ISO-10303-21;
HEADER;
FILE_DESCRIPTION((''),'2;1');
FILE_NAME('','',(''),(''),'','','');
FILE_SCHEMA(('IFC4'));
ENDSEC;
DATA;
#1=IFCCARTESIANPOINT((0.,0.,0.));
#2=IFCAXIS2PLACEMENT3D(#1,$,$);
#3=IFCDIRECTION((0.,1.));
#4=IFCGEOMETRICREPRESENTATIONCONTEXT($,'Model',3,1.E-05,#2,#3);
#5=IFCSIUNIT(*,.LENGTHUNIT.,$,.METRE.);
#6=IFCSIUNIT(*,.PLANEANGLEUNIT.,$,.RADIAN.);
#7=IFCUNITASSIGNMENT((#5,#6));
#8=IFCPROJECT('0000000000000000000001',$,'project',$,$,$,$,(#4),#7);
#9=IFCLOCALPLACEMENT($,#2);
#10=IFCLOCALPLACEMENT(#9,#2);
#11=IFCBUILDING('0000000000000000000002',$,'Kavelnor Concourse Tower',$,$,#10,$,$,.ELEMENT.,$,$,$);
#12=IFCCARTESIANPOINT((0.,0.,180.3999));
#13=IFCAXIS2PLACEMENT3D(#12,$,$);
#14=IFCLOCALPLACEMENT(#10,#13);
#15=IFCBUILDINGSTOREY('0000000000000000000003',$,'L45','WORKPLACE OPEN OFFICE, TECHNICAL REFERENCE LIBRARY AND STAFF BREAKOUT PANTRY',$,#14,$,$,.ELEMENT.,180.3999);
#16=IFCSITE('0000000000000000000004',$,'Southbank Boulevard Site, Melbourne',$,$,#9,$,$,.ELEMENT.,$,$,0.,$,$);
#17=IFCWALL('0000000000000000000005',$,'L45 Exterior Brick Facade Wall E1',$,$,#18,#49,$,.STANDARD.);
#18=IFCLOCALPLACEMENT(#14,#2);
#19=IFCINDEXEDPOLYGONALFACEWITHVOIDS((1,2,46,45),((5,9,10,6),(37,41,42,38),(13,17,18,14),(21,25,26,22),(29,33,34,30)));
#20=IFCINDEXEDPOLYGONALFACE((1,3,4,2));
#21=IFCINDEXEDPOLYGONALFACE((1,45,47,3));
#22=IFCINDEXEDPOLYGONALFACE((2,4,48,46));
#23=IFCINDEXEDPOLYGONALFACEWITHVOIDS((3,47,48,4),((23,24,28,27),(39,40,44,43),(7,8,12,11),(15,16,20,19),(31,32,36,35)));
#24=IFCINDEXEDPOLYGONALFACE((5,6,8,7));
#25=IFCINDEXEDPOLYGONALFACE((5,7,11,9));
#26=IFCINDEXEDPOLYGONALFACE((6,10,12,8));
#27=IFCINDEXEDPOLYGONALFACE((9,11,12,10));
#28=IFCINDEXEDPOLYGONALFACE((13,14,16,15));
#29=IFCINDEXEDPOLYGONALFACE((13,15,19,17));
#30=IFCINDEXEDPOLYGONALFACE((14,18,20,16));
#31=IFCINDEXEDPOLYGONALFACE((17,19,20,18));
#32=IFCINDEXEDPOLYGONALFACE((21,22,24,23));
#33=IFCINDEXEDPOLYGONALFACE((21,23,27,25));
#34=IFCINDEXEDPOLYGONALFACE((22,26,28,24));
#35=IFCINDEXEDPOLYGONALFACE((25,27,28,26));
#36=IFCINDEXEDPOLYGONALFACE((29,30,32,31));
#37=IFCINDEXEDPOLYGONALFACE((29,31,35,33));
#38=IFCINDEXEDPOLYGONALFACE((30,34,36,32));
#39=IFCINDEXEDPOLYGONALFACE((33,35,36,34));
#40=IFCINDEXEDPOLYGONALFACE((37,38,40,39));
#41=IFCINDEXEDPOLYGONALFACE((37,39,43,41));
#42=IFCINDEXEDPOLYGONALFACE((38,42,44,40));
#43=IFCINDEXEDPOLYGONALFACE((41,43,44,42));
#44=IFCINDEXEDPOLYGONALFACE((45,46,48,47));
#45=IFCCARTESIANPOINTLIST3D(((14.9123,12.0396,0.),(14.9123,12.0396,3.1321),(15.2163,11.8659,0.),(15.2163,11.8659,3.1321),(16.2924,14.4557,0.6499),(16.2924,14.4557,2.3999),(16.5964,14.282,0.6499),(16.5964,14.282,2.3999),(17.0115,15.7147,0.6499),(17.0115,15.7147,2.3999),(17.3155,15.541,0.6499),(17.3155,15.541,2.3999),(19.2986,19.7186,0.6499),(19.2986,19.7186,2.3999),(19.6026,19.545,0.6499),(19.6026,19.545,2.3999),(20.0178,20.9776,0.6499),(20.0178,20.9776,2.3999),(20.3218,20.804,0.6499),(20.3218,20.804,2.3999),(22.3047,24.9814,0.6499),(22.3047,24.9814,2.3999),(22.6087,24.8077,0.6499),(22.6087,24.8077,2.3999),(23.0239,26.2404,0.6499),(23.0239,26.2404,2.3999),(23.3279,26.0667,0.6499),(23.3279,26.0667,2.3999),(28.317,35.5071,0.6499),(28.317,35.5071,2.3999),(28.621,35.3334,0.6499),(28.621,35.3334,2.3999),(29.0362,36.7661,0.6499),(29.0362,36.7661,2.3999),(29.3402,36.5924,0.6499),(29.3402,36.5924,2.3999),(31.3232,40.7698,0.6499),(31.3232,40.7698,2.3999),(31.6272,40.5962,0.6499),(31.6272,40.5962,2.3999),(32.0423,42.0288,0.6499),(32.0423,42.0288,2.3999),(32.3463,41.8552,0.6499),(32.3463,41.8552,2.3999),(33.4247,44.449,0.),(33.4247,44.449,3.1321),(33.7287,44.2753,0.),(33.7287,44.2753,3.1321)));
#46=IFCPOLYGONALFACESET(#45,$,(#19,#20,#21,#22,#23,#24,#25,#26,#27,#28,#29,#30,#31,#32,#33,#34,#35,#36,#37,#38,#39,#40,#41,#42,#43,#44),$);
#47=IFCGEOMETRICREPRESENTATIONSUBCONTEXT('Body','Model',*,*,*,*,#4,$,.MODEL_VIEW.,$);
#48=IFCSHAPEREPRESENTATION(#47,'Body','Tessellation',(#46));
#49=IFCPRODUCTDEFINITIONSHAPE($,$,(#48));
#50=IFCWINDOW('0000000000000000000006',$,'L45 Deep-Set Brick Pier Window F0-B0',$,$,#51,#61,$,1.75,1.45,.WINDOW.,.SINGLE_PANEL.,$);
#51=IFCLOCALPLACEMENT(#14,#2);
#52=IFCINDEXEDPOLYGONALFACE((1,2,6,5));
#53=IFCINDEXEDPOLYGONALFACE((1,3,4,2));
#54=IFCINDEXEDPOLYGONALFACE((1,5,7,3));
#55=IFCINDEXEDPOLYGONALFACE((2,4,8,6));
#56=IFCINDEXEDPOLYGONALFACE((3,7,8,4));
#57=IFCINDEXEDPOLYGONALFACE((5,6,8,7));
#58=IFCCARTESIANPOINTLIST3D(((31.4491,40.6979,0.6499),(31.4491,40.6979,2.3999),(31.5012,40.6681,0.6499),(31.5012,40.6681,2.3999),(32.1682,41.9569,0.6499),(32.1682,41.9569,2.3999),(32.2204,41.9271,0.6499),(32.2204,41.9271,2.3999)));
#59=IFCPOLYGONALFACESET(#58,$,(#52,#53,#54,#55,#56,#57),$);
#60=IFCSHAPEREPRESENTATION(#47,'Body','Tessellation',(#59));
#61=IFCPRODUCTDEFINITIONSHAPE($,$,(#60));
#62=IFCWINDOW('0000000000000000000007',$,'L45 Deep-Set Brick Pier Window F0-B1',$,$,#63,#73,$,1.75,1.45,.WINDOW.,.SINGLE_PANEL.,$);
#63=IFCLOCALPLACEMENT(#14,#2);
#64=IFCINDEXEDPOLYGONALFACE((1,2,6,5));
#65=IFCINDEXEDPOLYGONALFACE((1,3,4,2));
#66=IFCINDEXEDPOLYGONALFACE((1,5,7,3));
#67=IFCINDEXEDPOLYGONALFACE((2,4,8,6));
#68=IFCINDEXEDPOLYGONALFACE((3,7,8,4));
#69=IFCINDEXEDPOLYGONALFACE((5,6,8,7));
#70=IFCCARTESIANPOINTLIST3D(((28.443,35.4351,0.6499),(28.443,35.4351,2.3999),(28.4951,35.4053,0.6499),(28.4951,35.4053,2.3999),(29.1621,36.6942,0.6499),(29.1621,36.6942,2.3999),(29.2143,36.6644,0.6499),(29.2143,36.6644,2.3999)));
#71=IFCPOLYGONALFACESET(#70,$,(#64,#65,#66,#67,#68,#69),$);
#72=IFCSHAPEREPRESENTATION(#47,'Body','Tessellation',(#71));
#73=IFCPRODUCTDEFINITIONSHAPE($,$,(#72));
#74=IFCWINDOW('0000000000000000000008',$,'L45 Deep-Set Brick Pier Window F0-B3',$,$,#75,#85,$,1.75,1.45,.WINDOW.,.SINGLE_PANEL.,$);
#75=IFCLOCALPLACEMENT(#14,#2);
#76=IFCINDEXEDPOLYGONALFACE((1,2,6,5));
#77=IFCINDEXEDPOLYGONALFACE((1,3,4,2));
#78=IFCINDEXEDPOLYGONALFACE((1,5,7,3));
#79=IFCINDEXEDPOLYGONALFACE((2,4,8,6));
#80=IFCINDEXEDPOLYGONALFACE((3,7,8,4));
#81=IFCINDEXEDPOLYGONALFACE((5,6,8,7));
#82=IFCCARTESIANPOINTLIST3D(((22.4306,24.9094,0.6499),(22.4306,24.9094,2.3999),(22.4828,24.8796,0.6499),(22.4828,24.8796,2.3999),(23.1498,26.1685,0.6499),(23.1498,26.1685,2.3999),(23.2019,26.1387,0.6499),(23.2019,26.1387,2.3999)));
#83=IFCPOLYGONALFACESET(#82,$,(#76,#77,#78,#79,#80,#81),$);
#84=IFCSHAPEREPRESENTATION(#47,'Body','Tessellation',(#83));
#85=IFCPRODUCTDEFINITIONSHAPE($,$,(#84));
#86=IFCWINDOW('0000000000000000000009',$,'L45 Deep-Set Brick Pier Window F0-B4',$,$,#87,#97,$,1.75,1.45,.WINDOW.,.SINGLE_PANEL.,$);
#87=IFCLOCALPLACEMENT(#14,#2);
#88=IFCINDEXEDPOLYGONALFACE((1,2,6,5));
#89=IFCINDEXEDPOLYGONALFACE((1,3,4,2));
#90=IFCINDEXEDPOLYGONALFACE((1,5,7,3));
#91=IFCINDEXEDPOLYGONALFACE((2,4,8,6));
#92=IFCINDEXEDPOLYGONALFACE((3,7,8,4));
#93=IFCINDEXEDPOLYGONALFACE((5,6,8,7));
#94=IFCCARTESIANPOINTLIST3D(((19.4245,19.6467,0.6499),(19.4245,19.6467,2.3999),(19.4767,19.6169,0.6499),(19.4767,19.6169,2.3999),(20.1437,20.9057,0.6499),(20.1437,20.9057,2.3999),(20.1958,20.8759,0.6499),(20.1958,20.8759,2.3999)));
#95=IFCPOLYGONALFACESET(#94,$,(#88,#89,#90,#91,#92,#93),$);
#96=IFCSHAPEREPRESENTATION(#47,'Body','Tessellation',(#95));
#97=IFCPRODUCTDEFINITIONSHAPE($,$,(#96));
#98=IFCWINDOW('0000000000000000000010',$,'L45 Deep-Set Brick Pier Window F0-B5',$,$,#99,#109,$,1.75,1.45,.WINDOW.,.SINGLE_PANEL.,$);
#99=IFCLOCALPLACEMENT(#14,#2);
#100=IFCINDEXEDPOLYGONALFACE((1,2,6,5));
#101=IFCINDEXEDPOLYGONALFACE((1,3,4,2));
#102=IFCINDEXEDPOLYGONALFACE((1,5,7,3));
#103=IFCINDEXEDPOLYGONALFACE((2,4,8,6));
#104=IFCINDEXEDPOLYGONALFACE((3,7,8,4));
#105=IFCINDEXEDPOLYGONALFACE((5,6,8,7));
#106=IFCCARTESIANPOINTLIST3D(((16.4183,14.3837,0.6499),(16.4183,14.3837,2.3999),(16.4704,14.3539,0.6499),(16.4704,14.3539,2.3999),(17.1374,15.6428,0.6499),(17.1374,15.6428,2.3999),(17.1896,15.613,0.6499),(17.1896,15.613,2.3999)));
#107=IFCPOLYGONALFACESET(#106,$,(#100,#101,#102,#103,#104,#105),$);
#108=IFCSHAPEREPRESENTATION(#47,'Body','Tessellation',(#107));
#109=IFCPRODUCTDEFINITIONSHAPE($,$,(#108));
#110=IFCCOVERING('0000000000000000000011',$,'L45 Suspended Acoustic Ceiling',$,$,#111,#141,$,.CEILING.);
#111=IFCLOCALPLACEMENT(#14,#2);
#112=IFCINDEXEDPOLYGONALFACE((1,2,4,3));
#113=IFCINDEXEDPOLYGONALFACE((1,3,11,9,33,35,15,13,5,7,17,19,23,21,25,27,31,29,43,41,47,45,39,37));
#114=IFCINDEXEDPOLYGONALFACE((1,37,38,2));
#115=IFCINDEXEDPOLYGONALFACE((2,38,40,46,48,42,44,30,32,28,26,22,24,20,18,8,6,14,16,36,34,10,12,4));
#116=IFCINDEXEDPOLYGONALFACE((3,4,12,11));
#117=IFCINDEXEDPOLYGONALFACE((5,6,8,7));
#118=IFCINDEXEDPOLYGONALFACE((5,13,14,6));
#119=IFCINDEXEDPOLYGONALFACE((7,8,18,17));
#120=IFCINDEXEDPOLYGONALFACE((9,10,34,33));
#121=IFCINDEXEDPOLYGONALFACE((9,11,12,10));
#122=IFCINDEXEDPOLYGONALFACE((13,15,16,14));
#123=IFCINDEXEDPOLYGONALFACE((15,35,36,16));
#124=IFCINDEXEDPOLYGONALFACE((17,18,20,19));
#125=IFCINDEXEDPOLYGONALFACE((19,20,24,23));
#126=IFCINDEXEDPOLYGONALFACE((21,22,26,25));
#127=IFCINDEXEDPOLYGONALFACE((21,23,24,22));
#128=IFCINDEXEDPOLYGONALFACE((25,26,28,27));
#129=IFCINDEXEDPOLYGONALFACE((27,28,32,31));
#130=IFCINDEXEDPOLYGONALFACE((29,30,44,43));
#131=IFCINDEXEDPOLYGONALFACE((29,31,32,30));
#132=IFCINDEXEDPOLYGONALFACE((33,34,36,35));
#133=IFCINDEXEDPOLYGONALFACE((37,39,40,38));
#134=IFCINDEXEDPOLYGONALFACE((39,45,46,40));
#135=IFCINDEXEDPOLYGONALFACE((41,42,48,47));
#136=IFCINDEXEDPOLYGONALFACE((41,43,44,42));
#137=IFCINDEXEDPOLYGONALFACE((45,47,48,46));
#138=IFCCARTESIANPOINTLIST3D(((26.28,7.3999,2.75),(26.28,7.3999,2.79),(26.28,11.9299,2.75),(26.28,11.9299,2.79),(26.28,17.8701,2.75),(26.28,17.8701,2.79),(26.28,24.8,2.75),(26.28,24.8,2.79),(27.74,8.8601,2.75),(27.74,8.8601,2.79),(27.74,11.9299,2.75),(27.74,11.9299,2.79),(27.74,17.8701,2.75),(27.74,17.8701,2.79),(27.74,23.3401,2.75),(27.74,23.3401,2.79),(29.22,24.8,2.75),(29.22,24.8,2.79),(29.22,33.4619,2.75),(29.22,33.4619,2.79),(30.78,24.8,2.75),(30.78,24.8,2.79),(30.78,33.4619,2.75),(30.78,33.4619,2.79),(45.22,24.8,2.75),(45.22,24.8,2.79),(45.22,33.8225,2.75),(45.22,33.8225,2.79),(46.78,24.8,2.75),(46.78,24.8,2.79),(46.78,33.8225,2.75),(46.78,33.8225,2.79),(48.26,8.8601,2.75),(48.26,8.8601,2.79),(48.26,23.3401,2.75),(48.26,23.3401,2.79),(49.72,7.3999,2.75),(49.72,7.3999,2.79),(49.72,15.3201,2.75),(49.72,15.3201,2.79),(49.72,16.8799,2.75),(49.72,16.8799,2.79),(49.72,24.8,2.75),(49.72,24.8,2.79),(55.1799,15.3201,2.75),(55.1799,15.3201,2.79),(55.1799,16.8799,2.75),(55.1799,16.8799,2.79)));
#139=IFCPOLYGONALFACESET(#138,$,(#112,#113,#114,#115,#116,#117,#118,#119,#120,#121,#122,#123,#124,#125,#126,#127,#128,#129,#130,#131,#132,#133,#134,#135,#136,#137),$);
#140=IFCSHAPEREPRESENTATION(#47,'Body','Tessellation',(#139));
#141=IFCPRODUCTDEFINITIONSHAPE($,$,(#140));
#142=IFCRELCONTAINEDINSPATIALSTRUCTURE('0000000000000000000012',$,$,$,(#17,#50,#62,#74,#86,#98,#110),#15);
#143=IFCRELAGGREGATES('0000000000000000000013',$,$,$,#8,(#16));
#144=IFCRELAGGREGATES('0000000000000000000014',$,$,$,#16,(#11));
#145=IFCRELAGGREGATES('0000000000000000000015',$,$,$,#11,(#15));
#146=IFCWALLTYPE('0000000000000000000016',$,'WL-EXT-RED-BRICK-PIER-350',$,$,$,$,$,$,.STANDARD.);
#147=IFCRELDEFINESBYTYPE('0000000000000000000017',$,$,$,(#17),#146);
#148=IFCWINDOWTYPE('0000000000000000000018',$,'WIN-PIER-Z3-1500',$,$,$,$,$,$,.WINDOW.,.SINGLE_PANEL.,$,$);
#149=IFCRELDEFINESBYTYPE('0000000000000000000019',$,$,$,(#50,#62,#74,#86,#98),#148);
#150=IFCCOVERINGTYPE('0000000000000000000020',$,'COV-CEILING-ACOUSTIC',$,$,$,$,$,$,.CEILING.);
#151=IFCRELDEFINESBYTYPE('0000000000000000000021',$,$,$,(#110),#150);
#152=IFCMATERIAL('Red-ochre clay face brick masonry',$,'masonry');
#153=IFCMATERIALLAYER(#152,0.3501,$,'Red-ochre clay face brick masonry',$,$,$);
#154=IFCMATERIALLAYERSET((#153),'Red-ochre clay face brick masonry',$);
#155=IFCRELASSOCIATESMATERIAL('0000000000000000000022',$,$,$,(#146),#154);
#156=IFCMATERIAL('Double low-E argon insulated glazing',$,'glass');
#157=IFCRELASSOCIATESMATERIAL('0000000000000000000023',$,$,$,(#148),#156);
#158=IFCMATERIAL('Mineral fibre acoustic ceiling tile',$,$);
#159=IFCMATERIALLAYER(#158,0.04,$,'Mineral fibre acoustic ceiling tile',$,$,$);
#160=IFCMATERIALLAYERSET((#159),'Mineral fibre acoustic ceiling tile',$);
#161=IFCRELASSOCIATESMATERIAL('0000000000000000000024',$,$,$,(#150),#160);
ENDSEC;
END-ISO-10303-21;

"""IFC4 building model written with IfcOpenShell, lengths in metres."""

from ifc_helpers import new_model, si_unit, direction, frame, frame_2d, origin, place, context, subcontext, project, spatial, polyline, rectangle, outline, extrude, material, layer, layer_set, type_object, element, fill, save


model = new_model("IFC4")

# Units and contexts
model_context = context("Model", 3, precision=1e-05, world=origin(), true_north=direction((0.0, 1.0)))
body_context = subcontext(model_context, "Body", "Model", "MODEL_VIEW")
ifc_project = project(units=[si_unit("LENGTHUNIT", "METRE"), si_unit("PLANEANGLEUNIT", "RADIAN")], contexts=[model_context])

# Site, building, storey
site_placement = place(None, origin())
site = spatial("IfcSite", under=ifc_project, at=site_placement, Name="Southbank Boulevard Site, Melbourne", CompositionType="ELEMENT", RefElevation=0.0)
building_placement = place(site_placement, origin())
building = spatial("IfcBuilding", under=site, at=building_placement, Name="Kavelnor Concourse Tower", CompositionType="ELEMENT")
storey_placement = place(building_placement, frame((0.0, 0.0, 180.3999)))
storey = spatial("IfcBuildingStorey", under=building, at=storey_placement, Name="L45", Description="WORKPLACE OPEN OFFICE, TECHNICAL REFERENCE LIBRARY AND STAFF BREAKOUT PANTRY", CompositionType="ELEMENT", Elevation=180.3999)

# Shared definitions
ifc_material_1 = material(Name="Double low-E argon insulated glazing", Category="glass")

# Wall, openings, windows
ifc_material_2 = material(Name="Red-ochre clay face brick masonry", Category="masonry")
ifc_layer_1 = layer(ifc_material_2, 0.3501, Name="Red-ochre clay face brick masonry")
ifc_layer_set_1 = layer_set([ifc_layer_1], Name="Red-ochre clay face brick masonry")
wall_type_1 = type_object("IfcWallType", Name="WL-EXT-RED-BRICK-PIER-350", PredefinedType="STANDARD", material=ifc_layer_set_1)
wall_1_placement = place(storey_placement, frame((15.0642, 11.9526, 0.0), z_axis=(0.0, 0.0, 1.0), x_axis=(0.495993, 0.868326, 0.0)))
wall_1 = element("IfcWall", 1, at=wall_1_placement, inside=storey, type_object=wall_type_1, Name="L45 Exterior Brick Facade Wall E1", PredefinedType="STANDARD", context=body_context, shape_type="SweptSolid", body=[
    extrude(rectangle(XDim=37.324, YDim=0.3501, at=frame_2d((18.6621, 0.0))), origin(), (0.0, 0.0, 1.0), 3.1321),
])
opening_1_placement = place(wall_1_placement, frame((33.0869, 0.0, 0.6499)))
opening_1 = element("IfcOpeningElement", 2, at=opening_1_placement, cuts=wall_1, PredefinedType="OPENING", context=body_context, shape_type="SweptSolid", body=[
    extrude(rectangle(XDim=1.45, YDim=1.75, at=frame_2d((0.7251, 0.875))), frame((0.0, 0.1851, 0.0), z_axis=(0.0, -1.0, 0.0), x_axis=(1.0, 0.0, 0.0)), (0.0, 0.0, 1.0), 0.3701),
])
opening_2_placement = place(wall_1_placement, frame((27.0261, 0.0, 0.6499)))
opening_2 = element("IfcOpeningElement", 3, at=opening_2_placement, cuts=wall_1, PredefinedType="OPENING", context=body_context, shape_type="SweptSolid", body=[
    extrude(rectangle(XDim=1.45, YDim=1.75, at=frame_2d((0.7251, 0.875))), frame((0.0, 0.1851, 0.0), z_axis=(0.0, -1.0, 0.0), x_axis=(1.0, 0.0, 0.0)), (0.0, 0.0, 1.0), 0.3701),
])
opening_3_placement = place(wall_1_placement, frame((14.9043, 0.0, 0.6499)))
opening_3 = element("IfcOpeningElement", 4, at=opening_3_placement, cuts=wall_1, PredefinedType="OPENING", context=body_context, shape_type="SweptSolid", body=[
    extrude(rectangle(XDim=1.45, YDim=1.75, at=frame_2d((0.7251, 0.875))), frame((0.0, 0.1851, 0.0), z_axis=(0.0, -1.0, 0.0), x_axis=(1.0, 0.0, 0.0)), (0.0, 0.0, 1.0), 0.3701),
])
opening_4_placement = place(wall_1_placement, frame((8.8435, 0.0, 0.6499)))
opening_4 = element("IfcOpeningElement", 5, at=opening_4_placement, cuts=wall_1, PredefinedType="OPENING", context=body_context, shape_type="SweptSolid", body=[
    extrude(rectangle(XDim=1.45, YDim=1.75, at=frame_2d((0.7251, 0.875))), frame((0.0, 0.1851, 0.0), z_axis=(0.0, -1.0, 0.0), x_axis=(1.0, 0.0, 0.0)), (0.0, 0.0, 1.0), 0.3701),
])
opening_5_placement = place(wall_1_placement, frame((2.7825, 0.0, 0.6499)))
opening_5 = element("IfcOpeningElement", 6, at=opening_5_placement, cuts=wall_1, PredefinedType="OPENING", context=body_context, shape_type="SweptSolid", body=[
    extrude(rectangle(XDim=1.45, YDim=1.75, at=frame_2d((0.7251, 0.875))), frame((0.0, 0.1851, 0.0), z_axis=(0.0, -1.0, 0.0), x_axis=(1.0, 0.0, 0.0)), (0.0, 0.0, 1.0), 0.3701),
])
window_type_1 = type_object("IfcWindowType", Name="WIN-PIER-Z3-1500", PartitioningType="SINGLE_PANEL", PredefinedType="WINDOW", material=ifc_material_1)
window_1_placement = place(opening_1_placement, origin())
window_1 = element("IfcWindow", 7, at=window_1_placement, inside=storey, type_object=window_type_1, Name="L45 Deep-Set Brick Pier Window F0-B0", OverallHeight=1.75, OverallWidth=1.45, PartitioningType="SINGLE_PANEL", PredefinedType="WINDOW", context=body_context, shape_type="SweptSolid", body=[
    extrude(rectangle(XDim=1.45, YDim=1.75, at=frame_2d((0.7251, 0.875))), frame((0.0, 0.03, 0.0), z_axis=(0.0, -1.0, 0.0), x_axis=(1.0, 0.0, 0.0)), (0.0, 0.0, 1.0), 0.0601),
])
fill(opening_1, window_1)
window_2_placement = place(opening_2_placement, origin())
window_2 = element("IfcWindow", 8, at=window_2_placement, inside=storey, type_object=window_type_1, Name="L45 Deep-Set Brick Pier Window F0-B1", OverallHeight=1.75, OverallWidth=1.45, PartitioningType="SINGLE_PANEL", PredefinedType="WINDOW", context=body_context, shape_type="SweptSolid", body=[
    extrude(rectangle(XDim=1.45, YDim=1.75, at=frame_2d((0.7251, 0.875))), frame((0.0, 0.03, 0.0), z_axis=(0.0, -1.0, 0.0), x_axis=(1.0, 0.0, 0.0)), (0.0, 0.0, 1.0), 0.0601),
])
fill(opening_2, window_2)
window_3_placement = place(opening_3_placement, origin())
window_3 = element("IfcWindow", 9, at=window_3_placement, inside=storey, type_object=window_type_1, Name="L45 Deep-Set Brick Pier Window F0-B3", OverallHeight=1.75, OverallWidth=1.45, PartitioningType="SINGLE_PANEL", PredefinedType="WINDOW", context=body_context, shape_type="SweptSolid", body=[
    extrude(rectangle(XDim=1.45, YDim=1.75, at=frame_2d((0.7251, 0.875))), frame((0.0, 0.03, 0.0), z_axis=(0.0, -1.0, 0.0), x_axis=(1.0, 0.0, 0.0)), (0.0, 0.0, 1.0), 0.0601),
])
fill(opening_3, window_3)
window_4_placement = place(opening_4_placement, origin())
window_4 = element("IfcWindow", 10, at=window_4_placement, inside=storey, type_object=window_type_1, Name="L45 Deep-Set Brick Pier Window F0-B4", OverallHeight=1.75, OverallWidth=1.45, PartitioningType="SINGLE_PANEL", PredefinedType="WINDOW", context=body_context, shape_type="SweptSolid", body=[
    extrude(rectangle(XDim=1.45, YDim=1.75, at=frame_2d((0.7251, 0.875))), frame((0.0, 0.03, 0.0), z_axis=(0.0, -1.0, 0.0), x_axis=(1.0, 0.0, 0.0)), (0.0, 0.0, 1.0), 0.0601),
])
fill(opening_4, window_4)
window_5_placement = place(opening_5_placement, origin())
window_5 = element("IfcWindow", 11, at=window_5_placement, inside=storey, type_object=window_type_1, Name="L45 Deep-Set Brick Pier Window F0-B5", OverallHeight=1.75, OverallWidth=1.45, PartitioningType="SINGLE_PANEL", PredefinedType="WINDOW", context=body_context, shape_type="SweptSolid", body=[
    extrude(rectangle(XDim=1.45, YDim=1.75, at=frame_2d((0.7251, 0.875))), frame((0.0, 0.03, 0.0), z_axis=(0.0, -1.0, 0.0), x_axis=(1.0, 0.0, 0.0)), (0.0, 0.0, 1.0), 0.0601),
])
fill(opening_5, window_5)

# Covering
ifc_material_3 = material(Name="Mineral fibre acoustic ceiling tile")
ifc_layer_2 = layer(ifc_material_3, 0.04, Name="Mineral fibre acoustic ceiling tile")
ifc_layer_set_2 = layer_set([ifc_layer_2], Name="Mineral fibre acoustic ceiling tile")
covering_type_1 = type_object("IfcCoveringType", Name="COV-CEILING-ACOUSTIC", PredefinedType="CEILING", material=ifc_layer_set_2)
covering_1_placement = place(storey_placement, frame((0.0, 0.0, 2.75)))
element("IfcCovering", 12, at=covering_1_placement, inside=storey, type_object=covering_type_1, Name="L45 Suspended Acoustic Ceiling", PredefinedType="CEILING", context=body_context, shape_type="SweptSolid", body=[
    extrude(outline(polyline([(29.22, 24.8), (29.22, 33.4619), (30.78, 33.4619), (30.78, 24.8), (45.22, 24.8), (45.22, 33.8225), (46.78, 33.8225), (46.78, 24.8), (49.72, 24.8), (49.72, 16.8799), (55.1799, 16.8799), (55.1799, 15.3201), (49.72, 15.3201), (49.72, 7.3999), (26.28, 7.3999), (26.28, 11.9299), (27.74, 11.9299), (27.74, 8.8601), (48.26, 8.8601), (48.26, 23.3401), (27.74, 23.3401), (27.74, 17.8701), (26.28, 17.8701), (26.28, 24.8), (29.22, 24.8)])), origin(), (0.0, 0.0, 1.0), 0.04),
])

save(model, "model.ifc")
